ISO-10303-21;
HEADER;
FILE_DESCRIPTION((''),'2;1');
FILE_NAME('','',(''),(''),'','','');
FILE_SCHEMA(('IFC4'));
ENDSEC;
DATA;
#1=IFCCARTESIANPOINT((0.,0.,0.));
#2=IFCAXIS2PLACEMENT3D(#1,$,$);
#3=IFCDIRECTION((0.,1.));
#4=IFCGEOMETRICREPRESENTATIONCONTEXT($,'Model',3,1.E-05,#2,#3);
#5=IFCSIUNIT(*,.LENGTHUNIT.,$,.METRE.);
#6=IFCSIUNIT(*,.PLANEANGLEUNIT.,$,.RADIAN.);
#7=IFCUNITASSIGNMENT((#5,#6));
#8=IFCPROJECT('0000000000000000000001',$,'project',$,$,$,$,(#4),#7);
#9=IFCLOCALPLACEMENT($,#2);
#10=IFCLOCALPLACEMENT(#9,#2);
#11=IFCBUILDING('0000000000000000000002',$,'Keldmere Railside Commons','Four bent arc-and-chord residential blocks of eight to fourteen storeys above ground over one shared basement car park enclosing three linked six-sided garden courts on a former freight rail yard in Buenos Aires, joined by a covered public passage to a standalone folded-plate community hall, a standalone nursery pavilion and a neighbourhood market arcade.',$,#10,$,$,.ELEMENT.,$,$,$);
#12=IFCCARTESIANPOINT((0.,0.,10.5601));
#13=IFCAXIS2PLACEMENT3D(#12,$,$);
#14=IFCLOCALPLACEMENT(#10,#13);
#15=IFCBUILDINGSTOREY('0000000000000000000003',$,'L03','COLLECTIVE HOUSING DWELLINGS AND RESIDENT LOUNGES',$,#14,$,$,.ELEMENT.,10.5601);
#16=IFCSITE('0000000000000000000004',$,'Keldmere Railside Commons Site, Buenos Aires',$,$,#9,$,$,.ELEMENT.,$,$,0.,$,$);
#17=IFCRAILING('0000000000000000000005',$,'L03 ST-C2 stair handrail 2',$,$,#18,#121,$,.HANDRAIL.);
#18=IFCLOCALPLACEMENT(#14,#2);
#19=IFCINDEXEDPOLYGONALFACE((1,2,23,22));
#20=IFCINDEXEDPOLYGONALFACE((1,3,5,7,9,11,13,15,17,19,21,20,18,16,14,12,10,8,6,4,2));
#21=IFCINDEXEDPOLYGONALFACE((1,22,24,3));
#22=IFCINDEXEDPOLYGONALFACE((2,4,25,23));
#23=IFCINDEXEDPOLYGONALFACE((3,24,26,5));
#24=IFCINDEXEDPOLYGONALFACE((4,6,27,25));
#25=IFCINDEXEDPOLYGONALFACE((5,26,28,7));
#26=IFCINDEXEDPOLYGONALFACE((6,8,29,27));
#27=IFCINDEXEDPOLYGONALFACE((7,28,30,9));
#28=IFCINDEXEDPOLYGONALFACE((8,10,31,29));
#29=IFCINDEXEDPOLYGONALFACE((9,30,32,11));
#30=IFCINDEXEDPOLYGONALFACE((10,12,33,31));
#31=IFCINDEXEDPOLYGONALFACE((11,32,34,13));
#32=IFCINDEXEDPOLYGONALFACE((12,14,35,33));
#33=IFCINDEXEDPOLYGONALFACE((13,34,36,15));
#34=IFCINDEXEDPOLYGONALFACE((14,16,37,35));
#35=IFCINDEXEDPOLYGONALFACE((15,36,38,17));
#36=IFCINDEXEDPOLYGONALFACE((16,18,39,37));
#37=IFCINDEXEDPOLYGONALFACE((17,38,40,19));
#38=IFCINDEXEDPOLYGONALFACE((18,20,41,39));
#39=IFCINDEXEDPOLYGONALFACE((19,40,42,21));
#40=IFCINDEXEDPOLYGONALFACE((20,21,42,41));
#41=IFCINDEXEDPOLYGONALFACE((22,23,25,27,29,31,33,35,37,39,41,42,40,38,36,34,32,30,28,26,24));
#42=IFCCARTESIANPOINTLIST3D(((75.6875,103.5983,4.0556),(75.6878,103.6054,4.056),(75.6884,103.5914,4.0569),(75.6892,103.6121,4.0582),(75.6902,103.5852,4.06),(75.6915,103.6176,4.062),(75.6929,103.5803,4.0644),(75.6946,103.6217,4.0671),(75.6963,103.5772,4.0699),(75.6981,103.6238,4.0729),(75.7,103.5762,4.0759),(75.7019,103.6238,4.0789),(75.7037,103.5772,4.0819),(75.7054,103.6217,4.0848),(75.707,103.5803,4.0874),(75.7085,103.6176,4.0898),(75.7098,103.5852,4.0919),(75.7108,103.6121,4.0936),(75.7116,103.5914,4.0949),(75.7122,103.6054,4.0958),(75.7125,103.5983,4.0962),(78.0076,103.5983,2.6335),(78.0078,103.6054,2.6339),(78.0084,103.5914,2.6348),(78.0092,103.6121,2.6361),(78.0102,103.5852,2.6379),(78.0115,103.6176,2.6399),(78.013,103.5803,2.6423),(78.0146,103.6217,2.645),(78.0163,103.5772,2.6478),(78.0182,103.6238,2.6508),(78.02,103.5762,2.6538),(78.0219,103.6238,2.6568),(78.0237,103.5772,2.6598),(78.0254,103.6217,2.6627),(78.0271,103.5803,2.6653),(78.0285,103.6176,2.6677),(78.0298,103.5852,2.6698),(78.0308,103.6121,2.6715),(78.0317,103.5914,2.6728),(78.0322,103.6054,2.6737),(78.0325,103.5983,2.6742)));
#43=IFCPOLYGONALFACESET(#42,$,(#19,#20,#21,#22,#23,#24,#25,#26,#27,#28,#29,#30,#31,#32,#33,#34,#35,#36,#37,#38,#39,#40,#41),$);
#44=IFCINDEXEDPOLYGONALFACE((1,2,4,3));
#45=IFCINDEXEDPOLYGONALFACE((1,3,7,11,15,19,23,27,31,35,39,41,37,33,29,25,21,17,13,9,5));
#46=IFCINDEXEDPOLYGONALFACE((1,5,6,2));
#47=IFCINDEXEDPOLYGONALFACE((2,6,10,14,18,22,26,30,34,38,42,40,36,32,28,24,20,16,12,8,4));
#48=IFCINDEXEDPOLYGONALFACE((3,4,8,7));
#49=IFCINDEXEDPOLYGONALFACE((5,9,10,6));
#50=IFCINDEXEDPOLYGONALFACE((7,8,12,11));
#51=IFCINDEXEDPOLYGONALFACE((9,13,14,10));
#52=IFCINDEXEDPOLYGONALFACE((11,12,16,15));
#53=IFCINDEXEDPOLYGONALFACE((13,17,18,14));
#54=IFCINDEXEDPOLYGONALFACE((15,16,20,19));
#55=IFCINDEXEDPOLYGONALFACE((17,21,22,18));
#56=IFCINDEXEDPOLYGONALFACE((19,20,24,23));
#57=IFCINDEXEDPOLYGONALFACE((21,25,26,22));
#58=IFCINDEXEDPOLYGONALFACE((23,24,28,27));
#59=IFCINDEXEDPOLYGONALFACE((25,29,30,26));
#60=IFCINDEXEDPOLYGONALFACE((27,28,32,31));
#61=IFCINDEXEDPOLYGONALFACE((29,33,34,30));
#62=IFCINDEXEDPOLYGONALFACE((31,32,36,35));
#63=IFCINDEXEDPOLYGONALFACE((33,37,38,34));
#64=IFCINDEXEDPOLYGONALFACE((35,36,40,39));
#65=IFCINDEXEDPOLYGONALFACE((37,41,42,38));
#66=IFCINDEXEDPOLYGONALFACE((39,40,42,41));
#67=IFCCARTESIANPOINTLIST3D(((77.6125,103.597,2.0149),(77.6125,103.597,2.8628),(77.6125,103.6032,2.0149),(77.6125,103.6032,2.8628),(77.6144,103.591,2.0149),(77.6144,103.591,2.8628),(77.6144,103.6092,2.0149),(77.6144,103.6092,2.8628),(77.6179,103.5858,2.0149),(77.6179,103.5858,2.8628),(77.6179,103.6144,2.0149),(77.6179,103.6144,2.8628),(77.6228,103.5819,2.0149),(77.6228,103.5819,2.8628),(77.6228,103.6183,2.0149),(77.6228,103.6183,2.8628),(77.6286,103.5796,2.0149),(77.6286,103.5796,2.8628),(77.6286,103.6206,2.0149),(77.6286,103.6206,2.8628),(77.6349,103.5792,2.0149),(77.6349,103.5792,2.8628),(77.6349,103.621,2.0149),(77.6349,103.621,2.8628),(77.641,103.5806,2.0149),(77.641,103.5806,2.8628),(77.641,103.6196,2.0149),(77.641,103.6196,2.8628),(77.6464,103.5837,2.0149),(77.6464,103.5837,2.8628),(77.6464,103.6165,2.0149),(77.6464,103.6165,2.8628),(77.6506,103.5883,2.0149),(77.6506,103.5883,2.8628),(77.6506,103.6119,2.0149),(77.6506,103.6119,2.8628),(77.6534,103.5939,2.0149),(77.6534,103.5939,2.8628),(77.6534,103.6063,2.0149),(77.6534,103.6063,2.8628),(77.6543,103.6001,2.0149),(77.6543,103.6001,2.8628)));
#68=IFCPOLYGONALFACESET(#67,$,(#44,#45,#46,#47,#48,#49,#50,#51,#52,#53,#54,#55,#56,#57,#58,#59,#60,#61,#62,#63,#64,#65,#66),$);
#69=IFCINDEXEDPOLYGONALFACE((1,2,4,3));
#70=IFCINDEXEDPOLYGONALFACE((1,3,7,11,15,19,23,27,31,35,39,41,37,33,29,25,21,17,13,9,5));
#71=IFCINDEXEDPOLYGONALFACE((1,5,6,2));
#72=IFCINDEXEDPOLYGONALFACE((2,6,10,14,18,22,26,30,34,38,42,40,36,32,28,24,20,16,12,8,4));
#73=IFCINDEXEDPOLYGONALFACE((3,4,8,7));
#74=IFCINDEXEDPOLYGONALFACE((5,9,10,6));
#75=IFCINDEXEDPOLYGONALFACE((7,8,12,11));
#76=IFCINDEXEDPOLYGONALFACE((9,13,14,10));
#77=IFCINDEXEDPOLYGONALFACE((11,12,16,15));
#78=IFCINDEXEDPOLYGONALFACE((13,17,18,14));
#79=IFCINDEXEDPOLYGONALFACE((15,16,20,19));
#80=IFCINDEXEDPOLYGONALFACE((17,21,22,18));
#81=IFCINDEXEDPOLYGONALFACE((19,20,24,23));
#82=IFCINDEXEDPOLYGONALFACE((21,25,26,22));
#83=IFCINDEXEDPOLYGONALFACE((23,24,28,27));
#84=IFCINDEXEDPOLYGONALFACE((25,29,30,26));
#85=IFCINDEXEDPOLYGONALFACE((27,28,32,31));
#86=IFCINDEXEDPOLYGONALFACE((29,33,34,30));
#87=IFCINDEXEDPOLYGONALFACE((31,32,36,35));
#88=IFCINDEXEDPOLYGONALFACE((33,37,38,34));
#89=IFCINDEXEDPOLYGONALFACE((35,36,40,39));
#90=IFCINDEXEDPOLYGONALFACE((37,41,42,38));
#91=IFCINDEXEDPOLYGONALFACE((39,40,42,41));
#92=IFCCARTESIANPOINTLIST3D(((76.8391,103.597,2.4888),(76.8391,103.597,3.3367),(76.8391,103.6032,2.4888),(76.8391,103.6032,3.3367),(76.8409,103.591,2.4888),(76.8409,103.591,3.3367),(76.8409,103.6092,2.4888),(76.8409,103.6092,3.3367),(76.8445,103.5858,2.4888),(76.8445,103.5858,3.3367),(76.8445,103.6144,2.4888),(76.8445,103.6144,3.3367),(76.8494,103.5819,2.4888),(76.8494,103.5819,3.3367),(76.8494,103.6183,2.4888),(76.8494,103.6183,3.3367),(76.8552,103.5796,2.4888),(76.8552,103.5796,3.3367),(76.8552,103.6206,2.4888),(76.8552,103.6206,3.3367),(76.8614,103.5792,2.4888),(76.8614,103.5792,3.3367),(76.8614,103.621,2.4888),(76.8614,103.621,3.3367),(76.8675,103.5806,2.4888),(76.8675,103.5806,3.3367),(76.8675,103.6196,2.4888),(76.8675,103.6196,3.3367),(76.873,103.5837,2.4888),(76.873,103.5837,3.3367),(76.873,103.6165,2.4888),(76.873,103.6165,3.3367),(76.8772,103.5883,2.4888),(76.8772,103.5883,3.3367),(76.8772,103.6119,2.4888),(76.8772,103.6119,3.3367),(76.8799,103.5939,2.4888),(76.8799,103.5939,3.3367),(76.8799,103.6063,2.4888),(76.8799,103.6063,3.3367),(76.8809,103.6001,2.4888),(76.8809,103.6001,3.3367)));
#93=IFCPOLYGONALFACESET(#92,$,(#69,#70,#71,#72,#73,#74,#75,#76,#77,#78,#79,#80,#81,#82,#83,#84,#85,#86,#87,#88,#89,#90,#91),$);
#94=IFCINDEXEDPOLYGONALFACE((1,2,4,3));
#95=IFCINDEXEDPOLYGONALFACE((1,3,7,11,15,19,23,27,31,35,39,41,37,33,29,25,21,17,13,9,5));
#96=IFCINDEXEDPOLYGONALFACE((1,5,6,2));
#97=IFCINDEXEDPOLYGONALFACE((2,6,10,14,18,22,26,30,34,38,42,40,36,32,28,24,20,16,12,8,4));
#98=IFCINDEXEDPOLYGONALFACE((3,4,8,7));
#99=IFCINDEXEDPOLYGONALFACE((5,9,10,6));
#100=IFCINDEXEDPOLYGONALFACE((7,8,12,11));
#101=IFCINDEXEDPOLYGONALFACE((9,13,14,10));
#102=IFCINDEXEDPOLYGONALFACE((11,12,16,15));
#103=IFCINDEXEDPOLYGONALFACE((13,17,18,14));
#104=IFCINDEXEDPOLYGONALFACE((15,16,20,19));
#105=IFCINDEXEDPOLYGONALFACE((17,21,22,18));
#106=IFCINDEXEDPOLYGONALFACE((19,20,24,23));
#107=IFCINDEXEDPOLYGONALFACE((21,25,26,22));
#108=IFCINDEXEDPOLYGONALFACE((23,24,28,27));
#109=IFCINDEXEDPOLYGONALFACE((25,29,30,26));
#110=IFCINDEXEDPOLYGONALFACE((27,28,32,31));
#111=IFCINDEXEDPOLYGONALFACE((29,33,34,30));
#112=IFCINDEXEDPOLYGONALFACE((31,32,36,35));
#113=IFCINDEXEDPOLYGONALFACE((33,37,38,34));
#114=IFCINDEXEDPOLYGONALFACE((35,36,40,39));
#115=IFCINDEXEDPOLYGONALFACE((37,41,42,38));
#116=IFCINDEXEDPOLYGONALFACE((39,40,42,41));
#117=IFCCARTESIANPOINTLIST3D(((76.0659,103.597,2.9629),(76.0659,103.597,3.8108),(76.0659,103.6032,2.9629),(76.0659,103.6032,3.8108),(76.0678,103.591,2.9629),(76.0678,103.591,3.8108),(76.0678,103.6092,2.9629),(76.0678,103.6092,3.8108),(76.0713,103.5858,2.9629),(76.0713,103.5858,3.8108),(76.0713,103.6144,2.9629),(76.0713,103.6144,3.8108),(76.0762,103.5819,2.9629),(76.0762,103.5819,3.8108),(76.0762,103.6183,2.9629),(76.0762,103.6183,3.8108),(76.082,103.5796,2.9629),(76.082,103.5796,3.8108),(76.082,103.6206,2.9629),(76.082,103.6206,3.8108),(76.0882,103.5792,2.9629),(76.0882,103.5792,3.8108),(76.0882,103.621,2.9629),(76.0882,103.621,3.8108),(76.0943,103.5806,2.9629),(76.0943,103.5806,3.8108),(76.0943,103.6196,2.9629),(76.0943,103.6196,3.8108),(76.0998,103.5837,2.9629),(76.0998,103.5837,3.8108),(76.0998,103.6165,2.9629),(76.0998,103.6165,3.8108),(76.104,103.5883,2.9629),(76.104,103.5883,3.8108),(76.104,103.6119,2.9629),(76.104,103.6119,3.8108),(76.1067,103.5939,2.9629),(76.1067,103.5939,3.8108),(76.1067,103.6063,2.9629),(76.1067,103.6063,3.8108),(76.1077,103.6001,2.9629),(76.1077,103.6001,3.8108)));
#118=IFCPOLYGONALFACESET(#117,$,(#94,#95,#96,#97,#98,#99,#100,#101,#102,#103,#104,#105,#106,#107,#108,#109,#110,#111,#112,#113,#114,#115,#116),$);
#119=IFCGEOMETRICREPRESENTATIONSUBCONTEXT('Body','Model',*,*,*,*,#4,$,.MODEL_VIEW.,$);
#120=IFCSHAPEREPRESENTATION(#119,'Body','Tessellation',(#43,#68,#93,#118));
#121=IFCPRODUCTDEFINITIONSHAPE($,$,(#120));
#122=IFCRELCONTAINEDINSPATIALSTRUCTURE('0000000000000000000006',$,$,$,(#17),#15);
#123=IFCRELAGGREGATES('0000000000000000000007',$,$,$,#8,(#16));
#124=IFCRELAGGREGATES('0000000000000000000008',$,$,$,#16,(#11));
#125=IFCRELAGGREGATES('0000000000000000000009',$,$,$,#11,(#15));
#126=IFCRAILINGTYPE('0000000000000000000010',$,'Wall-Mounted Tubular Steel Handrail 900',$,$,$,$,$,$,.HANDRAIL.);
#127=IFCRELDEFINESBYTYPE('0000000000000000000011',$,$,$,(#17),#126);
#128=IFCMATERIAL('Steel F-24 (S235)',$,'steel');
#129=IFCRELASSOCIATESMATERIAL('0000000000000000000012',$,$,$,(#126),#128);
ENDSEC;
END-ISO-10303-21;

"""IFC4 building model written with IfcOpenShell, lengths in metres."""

from ifc_helpers import new_model, si_unit, direction, frame, origin, origin_2d, place, context, subcontext, project, spatial, circle, extrude, material, type_object, element, save


model = new_model("IFC4")

# Units and contexts
model_context = context("Model", 3, precision=1e-05, world=origin(), true_north=direction((0.0, 1.0)))
body_context = subcontext(model_context, "Body", "Model", "MODEL_VIEW")
ifc_project = project(units=[si_unit("LENGTHUNIT", "METRE"), si_unit("PLANEANGLEUNIT", "RADIAN")], contexts=[model_context])

# Site, building, storey
site_placement = place(None, origin())
site = spatial("IfcSite", under=ifc_project, at=site_placement, Name="Keldmere Railside Commons Site, Buenos Aires", CompositionType="ELEMENT", RefElevation=0.0)
building_placement = place(site_placement, origin())
building = spatial("IfcBuilding", under=site, at=building_placement, Name="Keldmere Railside Commons", Description="Four bent arc-and-chord residential blocks of eight to fourteen storeys above ground over one shared basement car park enclosing three linked six-sided garden courts on a former freight rail yard in Buenos Aires, joined by a covered public passage to a standalone folded-plate community hall, a standalone nursery pavilion and a neighbourhood market arcade.", CompositionType="ELEMENT")
storey_placement = place(building_placement, frame((0.0, 0.0, 10.5601)))
storey = spatial("IfcBuildingStorey", under=building, at=storey_placement, Name="L03", Description="COLLECTIVE HOUSING DWELLINGS AND RESIDENT LOUNGES", CompositionType="ELEMENT", Elevation=10.5601)

# Shared definitions
ifc_material_1 = material(Name="Steel F-24 (S235)", Category="steel")

# Railing
railing_type_1 = type_object("IfcRailingType", Name="Wall-Mounted Tubular Steel Handrail 900", PredefinedType="HANDRAIL", material=ifc_material_1)
railing_1_placement = place(storey_placement, frame((78.02, 103.6001, 1.7778)))
element("IfcRailing", 1, at=railing_1_placement, inside=storey, type_object=railing_type_1, Name="L03 ST-C2 stair handrail 2", PredefinedType="HANDRAIL", context=body_context, shape_type="SweptSolid", body=[
    extrude(circle(Radius=0.0239, at=origin_2d()), frame((0.0, 0.0, 0.876), z_axis=(-0.852578, 0.0, 0.5226), x_axis=(0.0, -1.0, 0.0)), (0.0, 0.0, 1.0), 2.7212),
    extrude(circle(Radius=0.021, at=origin_2d()), frame((-0.3867, 0.0, 0.2371)), (0.0, 0.0, 1.0), 0.8479),
    extrude(circle(Radius=0.021, at=origin_2d()), frame((-1.1602, 0.0, 0.7109)), (0.0, 0.0, 1.0), 0.8479),
    extrude(circle(Radius=0.021, at=origin_2d()), frame((-1.9333, 0.0, 1.1851)), (0.0, 0.0, 1.0), 0.8479),
])

save(model, "model.ifc")
